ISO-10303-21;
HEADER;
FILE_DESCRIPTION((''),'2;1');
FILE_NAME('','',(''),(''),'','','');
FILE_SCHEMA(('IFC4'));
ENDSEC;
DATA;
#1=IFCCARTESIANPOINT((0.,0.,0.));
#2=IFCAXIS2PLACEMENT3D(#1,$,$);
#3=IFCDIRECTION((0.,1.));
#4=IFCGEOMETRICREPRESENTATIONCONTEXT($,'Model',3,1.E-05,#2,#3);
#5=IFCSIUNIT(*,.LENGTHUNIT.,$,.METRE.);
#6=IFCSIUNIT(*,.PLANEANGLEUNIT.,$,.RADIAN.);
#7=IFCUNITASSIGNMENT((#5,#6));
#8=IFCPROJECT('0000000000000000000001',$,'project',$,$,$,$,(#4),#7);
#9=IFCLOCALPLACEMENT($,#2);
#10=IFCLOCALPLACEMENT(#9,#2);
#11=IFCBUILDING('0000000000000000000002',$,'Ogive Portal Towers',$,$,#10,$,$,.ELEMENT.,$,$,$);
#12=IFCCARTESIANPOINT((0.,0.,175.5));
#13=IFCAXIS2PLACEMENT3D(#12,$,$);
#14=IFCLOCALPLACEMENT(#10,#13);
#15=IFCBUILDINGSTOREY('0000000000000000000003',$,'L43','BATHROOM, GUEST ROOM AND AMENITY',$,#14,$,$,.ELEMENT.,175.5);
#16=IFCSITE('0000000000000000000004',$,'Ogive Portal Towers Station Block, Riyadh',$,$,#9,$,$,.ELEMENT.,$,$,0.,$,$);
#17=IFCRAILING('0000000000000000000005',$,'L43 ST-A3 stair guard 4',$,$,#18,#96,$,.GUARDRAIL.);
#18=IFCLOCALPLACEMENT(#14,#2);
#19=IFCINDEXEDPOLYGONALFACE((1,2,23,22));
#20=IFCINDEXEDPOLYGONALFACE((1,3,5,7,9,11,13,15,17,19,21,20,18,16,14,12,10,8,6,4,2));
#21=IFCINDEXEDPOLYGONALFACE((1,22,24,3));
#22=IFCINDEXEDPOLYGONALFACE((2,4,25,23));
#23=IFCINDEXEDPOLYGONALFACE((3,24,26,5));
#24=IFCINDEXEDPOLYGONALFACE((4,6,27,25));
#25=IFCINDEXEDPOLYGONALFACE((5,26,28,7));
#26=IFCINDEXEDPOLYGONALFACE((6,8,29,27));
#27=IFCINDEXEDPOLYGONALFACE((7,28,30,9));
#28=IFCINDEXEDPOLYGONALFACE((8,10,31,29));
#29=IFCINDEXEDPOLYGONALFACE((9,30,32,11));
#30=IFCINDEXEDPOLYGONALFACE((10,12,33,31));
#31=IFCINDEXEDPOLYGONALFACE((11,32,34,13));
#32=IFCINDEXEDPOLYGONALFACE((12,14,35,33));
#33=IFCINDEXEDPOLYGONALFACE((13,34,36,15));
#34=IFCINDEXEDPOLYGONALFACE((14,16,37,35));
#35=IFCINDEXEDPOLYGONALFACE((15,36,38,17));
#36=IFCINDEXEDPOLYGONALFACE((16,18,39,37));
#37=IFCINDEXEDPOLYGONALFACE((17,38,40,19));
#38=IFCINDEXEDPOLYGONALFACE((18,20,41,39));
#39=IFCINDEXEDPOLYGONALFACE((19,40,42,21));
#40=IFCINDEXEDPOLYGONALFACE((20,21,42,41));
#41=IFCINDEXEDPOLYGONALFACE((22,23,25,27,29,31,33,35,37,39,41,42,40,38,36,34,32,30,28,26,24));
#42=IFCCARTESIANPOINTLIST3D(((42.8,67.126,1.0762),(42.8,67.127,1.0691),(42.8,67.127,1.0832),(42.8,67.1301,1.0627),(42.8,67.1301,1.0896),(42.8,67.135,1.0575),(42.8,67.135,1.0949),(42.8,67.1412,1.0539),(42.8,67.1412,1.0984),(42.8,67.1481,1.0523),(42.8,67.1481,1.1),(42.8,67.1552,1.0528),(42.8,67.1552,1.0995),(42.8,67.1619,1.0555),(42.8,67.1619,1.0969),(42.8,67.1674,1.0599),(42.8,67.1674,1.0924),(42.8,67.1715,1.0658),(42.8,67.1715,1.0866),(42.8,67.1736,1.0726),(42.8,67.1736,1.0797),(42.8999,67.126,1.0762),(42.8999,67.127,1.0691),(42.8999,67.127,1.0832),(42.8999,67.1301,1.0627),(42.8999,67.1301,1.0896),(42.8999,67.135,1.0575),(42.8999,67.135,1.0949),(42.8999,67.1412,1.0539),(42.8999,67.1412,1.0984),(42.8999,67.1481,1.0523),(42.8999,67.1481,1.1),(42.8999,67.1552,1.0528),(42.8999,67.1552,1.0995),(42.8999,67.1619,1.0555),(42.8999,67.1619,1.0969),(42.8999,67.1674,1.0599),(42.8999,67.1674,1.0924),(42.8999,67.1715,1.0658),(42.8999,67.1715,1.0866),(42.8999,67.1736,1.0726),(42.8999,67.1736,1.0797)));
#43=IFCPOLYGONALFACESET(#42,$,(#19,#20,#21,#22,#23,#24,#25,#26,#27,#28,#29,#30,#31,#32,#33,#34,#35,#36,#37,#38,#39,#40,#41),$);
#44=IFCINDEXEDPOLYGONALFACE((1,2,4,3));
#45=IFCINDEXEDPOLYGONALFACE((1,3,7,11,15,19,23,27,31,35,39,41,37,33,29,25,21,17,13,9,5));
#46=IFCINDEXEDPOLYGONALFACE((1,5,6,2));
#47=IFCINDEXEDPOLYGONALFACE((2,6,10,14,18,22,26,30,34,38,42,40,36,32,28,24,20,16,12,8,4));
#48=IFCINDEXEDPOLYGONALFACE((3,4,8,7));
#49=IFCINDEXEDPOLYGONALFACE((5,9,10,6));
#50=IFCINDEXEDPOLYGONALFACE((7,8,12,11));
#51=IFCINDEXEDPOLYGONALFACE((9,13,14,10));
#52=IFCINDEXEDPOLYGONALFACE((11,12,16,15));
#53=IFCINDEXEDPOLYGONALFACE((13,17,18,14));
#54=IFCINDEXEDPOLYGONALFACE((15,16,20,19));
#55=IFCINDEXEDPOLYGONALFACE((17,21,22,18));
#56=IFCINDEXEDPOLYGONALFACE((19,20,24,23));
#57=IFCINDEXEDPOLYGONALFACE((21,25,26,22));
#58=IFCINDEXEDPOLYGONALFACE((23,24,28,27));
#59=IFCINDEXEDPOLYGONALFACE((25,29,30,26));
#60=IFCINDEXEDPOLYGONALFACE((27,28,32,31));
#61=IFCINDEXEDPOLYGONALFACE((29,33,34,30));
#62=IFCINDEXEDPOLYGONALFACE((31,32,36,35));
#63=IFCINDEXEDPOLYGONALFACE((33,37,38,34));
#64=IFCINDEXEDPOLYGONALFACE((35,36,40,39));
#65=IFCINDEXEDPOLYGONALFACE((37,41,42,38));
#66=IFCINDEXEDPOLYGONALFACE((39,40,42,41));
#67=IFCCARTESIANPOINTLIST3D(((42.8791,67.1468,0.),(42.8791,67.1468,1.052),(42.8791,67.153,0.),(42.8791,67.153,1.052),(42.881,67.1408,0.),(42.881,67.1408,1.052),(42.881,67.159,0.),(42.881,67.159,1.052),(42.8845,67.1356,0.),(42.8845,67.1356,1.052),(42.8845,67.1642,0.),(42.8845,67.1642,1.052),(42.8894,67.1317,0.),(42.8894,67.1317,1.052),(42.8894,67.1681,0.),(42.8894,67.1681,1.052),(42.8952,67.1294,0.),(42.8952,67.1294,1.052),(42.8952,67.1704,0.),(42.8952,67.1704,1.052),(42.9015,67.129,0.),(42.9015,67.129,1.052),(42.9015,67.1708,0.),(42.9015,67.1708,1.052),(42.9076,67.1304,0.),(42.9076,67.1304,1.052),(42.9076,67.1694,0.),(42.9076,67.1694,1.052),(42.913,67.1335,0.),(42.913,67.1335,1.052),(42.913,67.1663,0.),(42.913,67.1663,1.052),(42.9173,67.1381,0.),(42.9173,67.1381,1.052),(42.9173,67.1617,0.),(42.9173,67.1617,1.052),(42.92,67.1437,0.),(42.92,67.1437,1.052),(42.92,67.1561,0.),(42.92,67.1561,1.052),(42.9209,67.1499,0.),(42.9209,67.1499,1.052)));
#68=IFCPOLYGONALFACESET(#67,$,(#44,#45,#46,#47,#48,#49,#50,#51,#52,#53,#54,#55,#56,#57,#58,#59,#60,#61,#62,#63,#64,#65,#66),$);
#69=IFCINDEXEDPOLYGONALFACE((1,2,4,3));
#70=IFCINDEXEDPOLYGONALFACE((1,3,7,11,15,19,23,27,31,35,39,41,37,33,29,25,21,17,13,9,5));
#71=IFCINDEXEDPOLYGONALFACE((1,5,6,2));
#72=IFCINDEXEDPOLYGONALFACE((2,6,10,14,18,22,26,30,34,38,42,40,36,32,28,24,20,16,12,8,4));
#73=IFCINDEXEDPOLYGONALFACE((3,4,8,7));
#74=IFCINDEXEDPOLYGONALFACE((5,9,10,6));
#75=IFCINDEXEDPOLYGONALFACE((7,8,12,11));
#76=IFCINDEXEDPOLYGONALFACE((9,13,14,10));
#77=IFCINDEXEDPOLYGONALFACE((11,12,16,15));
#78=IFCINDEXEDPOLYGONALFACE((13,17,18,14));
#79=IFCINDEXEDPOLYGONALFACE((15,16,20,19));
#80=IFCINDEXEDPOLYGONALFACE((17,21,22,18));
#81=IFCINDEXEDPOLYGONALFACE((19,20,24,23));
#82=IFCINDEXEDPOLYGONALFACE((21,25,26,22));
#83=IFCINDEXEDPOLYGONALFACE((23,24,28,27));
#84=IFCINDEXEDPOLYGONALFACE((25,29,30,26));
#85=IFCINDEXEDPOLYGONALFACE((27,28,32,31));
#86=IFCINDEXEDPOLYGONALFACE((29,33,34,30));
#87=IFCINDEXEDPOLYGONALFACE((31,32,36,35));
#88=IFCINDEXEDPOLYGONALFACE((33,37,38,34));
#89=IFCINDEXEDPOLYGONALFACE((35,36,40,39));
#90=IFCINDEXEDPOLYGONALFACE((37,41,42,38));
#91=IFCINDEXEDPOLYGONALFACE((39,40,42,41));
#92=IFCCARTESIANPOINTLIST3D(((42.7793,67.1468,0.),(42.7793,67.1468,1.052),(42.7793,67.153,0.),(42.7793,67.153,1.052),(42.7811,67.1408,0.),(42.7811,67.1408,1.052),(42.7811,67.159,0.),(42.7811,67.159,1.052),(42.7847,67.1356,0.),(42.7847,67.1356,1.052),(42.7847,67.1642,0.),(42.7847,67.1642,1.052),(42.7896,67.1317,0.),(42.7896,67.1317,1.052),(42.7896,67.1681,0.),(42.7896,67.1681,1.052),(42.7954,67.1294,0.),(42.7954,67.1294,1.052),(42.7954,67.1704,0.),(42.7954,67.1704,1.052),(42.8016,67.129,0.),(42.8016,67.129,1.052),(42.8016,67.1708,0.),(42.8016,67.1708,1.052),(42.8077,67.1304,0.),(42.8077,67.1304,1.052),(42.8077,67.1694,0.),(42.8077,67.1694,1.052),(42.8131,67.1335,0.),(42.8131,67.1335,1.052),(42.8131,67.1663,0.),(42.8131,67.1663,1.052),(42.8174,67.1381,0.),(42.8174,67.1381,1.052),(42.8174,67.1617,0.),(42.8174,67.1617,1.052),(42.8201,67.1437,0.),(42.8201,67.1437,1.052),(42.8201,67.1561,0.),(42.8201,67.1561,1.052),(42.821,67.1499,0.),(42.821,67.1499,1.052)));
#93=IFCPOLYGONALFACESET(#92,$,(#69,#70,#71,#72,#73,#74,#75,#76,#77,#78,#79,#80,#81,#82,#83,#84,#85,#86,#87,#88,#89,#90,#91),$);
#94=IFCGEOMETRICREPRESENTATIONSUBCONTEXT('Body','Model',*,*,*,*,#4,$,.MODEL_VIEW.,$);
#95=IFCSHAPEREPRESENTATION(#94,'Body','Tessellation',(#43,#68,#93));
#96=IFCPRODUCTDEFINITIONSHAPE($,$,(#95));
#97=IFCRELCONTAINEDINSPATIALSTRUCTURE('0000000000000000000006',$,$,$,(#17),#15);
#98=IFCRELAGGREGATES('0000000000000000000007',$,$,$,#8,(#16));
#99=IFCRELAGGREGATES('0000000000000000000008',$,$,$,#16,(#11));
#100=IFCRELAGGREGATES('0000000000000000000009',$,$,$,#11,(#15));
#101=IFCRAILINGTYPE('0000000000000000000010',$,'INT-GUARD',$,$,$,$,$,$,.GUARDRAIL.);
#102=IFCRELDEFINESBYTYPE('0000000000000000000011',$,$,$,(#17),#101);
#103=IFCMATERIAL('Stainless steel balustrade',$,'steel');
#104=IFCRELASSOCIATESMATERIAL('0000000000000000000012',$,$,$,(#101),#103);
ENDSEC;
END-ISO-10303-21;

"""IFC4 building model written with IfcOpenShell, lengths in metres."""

from ifc_helpers import new_model, si_unit, direction, frame, origin, origin_2d, place, context, subcontext, project, spatial, circle, extrude, material, type_object, element, save


model = new_model("IFC4")

# Units and contexts
model_context = context("Model", 3, precision=1e-05, world=origin(), true_north=direction((0.0, 1.0)))
body_context = subcontext(model_context, "Body", "Model", "MODEL_VIEW")
ifc_project = project(units=[si_unit("LENGTHUNIT", "METRE"), si_unit("PLANEANGLEUNIT", "RADIAN")], contexts=[model_context])

# Site, building, storey
site_placement = place(None, origin())
site = spatial("IfcSite", under=ifc_project, at=site_placement, Name="Ogive Portal Towers Station Block, Riyadh", CompositionType="ELEMENT", RefElevation=0.0)
building_placement = place(site_placement, origin())
building = spatial("IfcBuilding", under=site, at=building_placement, Name="Ogive Portal Towers", CompositionType="ELEMENT")
storey_placement = place(building_placement, frame((0.0, 0.0, 175.5)))
storey = spatial("IfcBuildingStorey", under=building, at=storey_placement, Name="L43", Description="BATHROOM, GUEST ROOM AND AMENITY", CompositionType="ELEMENT", Elevation=175.5)

# Railing
ifc_material_1 = material(Name="Stainless steel balustrade", Category="steel")
railing_type_1 = type_object("IfcRailingType", Name="INT-GUARD", PredefinedType="GUARDRAIL", material=ifc_material_1)
railing_1_placement = place(storey_placement, frame((42.8999, 67.1499, 0.0)))
element("IfcRailing", 1, at=railing_1_placement, inside=storey, type_object=railing_type_1, Name="L43 ST-A3 stair guard 4", PredefinedType="GUARDRAIL", context=body_context, shape_type="SweptSolid", body=[
    extrude(circle(Radius=0.0239, at=origin_2d()), frame((0.0, 0.0, 1.0762), z_axis=(-1.0, 0.0, 0.0), x_axis=(0.0, -1.0, 0.0)), (0.0, 0.0, 1.0), 0.0999),
    extrude(circle(Radius=0.021, at=origin_2d()), origin(), (0.0, 0.0, 1.0), 1.052),
    extrude(circle(Radius=0.021, at=origin_2d()), frame((-0.0999, 0.0, 0.0)), (0.0, 0.0, 1.0), 1.052),
])

save(model, "model.ifc")
